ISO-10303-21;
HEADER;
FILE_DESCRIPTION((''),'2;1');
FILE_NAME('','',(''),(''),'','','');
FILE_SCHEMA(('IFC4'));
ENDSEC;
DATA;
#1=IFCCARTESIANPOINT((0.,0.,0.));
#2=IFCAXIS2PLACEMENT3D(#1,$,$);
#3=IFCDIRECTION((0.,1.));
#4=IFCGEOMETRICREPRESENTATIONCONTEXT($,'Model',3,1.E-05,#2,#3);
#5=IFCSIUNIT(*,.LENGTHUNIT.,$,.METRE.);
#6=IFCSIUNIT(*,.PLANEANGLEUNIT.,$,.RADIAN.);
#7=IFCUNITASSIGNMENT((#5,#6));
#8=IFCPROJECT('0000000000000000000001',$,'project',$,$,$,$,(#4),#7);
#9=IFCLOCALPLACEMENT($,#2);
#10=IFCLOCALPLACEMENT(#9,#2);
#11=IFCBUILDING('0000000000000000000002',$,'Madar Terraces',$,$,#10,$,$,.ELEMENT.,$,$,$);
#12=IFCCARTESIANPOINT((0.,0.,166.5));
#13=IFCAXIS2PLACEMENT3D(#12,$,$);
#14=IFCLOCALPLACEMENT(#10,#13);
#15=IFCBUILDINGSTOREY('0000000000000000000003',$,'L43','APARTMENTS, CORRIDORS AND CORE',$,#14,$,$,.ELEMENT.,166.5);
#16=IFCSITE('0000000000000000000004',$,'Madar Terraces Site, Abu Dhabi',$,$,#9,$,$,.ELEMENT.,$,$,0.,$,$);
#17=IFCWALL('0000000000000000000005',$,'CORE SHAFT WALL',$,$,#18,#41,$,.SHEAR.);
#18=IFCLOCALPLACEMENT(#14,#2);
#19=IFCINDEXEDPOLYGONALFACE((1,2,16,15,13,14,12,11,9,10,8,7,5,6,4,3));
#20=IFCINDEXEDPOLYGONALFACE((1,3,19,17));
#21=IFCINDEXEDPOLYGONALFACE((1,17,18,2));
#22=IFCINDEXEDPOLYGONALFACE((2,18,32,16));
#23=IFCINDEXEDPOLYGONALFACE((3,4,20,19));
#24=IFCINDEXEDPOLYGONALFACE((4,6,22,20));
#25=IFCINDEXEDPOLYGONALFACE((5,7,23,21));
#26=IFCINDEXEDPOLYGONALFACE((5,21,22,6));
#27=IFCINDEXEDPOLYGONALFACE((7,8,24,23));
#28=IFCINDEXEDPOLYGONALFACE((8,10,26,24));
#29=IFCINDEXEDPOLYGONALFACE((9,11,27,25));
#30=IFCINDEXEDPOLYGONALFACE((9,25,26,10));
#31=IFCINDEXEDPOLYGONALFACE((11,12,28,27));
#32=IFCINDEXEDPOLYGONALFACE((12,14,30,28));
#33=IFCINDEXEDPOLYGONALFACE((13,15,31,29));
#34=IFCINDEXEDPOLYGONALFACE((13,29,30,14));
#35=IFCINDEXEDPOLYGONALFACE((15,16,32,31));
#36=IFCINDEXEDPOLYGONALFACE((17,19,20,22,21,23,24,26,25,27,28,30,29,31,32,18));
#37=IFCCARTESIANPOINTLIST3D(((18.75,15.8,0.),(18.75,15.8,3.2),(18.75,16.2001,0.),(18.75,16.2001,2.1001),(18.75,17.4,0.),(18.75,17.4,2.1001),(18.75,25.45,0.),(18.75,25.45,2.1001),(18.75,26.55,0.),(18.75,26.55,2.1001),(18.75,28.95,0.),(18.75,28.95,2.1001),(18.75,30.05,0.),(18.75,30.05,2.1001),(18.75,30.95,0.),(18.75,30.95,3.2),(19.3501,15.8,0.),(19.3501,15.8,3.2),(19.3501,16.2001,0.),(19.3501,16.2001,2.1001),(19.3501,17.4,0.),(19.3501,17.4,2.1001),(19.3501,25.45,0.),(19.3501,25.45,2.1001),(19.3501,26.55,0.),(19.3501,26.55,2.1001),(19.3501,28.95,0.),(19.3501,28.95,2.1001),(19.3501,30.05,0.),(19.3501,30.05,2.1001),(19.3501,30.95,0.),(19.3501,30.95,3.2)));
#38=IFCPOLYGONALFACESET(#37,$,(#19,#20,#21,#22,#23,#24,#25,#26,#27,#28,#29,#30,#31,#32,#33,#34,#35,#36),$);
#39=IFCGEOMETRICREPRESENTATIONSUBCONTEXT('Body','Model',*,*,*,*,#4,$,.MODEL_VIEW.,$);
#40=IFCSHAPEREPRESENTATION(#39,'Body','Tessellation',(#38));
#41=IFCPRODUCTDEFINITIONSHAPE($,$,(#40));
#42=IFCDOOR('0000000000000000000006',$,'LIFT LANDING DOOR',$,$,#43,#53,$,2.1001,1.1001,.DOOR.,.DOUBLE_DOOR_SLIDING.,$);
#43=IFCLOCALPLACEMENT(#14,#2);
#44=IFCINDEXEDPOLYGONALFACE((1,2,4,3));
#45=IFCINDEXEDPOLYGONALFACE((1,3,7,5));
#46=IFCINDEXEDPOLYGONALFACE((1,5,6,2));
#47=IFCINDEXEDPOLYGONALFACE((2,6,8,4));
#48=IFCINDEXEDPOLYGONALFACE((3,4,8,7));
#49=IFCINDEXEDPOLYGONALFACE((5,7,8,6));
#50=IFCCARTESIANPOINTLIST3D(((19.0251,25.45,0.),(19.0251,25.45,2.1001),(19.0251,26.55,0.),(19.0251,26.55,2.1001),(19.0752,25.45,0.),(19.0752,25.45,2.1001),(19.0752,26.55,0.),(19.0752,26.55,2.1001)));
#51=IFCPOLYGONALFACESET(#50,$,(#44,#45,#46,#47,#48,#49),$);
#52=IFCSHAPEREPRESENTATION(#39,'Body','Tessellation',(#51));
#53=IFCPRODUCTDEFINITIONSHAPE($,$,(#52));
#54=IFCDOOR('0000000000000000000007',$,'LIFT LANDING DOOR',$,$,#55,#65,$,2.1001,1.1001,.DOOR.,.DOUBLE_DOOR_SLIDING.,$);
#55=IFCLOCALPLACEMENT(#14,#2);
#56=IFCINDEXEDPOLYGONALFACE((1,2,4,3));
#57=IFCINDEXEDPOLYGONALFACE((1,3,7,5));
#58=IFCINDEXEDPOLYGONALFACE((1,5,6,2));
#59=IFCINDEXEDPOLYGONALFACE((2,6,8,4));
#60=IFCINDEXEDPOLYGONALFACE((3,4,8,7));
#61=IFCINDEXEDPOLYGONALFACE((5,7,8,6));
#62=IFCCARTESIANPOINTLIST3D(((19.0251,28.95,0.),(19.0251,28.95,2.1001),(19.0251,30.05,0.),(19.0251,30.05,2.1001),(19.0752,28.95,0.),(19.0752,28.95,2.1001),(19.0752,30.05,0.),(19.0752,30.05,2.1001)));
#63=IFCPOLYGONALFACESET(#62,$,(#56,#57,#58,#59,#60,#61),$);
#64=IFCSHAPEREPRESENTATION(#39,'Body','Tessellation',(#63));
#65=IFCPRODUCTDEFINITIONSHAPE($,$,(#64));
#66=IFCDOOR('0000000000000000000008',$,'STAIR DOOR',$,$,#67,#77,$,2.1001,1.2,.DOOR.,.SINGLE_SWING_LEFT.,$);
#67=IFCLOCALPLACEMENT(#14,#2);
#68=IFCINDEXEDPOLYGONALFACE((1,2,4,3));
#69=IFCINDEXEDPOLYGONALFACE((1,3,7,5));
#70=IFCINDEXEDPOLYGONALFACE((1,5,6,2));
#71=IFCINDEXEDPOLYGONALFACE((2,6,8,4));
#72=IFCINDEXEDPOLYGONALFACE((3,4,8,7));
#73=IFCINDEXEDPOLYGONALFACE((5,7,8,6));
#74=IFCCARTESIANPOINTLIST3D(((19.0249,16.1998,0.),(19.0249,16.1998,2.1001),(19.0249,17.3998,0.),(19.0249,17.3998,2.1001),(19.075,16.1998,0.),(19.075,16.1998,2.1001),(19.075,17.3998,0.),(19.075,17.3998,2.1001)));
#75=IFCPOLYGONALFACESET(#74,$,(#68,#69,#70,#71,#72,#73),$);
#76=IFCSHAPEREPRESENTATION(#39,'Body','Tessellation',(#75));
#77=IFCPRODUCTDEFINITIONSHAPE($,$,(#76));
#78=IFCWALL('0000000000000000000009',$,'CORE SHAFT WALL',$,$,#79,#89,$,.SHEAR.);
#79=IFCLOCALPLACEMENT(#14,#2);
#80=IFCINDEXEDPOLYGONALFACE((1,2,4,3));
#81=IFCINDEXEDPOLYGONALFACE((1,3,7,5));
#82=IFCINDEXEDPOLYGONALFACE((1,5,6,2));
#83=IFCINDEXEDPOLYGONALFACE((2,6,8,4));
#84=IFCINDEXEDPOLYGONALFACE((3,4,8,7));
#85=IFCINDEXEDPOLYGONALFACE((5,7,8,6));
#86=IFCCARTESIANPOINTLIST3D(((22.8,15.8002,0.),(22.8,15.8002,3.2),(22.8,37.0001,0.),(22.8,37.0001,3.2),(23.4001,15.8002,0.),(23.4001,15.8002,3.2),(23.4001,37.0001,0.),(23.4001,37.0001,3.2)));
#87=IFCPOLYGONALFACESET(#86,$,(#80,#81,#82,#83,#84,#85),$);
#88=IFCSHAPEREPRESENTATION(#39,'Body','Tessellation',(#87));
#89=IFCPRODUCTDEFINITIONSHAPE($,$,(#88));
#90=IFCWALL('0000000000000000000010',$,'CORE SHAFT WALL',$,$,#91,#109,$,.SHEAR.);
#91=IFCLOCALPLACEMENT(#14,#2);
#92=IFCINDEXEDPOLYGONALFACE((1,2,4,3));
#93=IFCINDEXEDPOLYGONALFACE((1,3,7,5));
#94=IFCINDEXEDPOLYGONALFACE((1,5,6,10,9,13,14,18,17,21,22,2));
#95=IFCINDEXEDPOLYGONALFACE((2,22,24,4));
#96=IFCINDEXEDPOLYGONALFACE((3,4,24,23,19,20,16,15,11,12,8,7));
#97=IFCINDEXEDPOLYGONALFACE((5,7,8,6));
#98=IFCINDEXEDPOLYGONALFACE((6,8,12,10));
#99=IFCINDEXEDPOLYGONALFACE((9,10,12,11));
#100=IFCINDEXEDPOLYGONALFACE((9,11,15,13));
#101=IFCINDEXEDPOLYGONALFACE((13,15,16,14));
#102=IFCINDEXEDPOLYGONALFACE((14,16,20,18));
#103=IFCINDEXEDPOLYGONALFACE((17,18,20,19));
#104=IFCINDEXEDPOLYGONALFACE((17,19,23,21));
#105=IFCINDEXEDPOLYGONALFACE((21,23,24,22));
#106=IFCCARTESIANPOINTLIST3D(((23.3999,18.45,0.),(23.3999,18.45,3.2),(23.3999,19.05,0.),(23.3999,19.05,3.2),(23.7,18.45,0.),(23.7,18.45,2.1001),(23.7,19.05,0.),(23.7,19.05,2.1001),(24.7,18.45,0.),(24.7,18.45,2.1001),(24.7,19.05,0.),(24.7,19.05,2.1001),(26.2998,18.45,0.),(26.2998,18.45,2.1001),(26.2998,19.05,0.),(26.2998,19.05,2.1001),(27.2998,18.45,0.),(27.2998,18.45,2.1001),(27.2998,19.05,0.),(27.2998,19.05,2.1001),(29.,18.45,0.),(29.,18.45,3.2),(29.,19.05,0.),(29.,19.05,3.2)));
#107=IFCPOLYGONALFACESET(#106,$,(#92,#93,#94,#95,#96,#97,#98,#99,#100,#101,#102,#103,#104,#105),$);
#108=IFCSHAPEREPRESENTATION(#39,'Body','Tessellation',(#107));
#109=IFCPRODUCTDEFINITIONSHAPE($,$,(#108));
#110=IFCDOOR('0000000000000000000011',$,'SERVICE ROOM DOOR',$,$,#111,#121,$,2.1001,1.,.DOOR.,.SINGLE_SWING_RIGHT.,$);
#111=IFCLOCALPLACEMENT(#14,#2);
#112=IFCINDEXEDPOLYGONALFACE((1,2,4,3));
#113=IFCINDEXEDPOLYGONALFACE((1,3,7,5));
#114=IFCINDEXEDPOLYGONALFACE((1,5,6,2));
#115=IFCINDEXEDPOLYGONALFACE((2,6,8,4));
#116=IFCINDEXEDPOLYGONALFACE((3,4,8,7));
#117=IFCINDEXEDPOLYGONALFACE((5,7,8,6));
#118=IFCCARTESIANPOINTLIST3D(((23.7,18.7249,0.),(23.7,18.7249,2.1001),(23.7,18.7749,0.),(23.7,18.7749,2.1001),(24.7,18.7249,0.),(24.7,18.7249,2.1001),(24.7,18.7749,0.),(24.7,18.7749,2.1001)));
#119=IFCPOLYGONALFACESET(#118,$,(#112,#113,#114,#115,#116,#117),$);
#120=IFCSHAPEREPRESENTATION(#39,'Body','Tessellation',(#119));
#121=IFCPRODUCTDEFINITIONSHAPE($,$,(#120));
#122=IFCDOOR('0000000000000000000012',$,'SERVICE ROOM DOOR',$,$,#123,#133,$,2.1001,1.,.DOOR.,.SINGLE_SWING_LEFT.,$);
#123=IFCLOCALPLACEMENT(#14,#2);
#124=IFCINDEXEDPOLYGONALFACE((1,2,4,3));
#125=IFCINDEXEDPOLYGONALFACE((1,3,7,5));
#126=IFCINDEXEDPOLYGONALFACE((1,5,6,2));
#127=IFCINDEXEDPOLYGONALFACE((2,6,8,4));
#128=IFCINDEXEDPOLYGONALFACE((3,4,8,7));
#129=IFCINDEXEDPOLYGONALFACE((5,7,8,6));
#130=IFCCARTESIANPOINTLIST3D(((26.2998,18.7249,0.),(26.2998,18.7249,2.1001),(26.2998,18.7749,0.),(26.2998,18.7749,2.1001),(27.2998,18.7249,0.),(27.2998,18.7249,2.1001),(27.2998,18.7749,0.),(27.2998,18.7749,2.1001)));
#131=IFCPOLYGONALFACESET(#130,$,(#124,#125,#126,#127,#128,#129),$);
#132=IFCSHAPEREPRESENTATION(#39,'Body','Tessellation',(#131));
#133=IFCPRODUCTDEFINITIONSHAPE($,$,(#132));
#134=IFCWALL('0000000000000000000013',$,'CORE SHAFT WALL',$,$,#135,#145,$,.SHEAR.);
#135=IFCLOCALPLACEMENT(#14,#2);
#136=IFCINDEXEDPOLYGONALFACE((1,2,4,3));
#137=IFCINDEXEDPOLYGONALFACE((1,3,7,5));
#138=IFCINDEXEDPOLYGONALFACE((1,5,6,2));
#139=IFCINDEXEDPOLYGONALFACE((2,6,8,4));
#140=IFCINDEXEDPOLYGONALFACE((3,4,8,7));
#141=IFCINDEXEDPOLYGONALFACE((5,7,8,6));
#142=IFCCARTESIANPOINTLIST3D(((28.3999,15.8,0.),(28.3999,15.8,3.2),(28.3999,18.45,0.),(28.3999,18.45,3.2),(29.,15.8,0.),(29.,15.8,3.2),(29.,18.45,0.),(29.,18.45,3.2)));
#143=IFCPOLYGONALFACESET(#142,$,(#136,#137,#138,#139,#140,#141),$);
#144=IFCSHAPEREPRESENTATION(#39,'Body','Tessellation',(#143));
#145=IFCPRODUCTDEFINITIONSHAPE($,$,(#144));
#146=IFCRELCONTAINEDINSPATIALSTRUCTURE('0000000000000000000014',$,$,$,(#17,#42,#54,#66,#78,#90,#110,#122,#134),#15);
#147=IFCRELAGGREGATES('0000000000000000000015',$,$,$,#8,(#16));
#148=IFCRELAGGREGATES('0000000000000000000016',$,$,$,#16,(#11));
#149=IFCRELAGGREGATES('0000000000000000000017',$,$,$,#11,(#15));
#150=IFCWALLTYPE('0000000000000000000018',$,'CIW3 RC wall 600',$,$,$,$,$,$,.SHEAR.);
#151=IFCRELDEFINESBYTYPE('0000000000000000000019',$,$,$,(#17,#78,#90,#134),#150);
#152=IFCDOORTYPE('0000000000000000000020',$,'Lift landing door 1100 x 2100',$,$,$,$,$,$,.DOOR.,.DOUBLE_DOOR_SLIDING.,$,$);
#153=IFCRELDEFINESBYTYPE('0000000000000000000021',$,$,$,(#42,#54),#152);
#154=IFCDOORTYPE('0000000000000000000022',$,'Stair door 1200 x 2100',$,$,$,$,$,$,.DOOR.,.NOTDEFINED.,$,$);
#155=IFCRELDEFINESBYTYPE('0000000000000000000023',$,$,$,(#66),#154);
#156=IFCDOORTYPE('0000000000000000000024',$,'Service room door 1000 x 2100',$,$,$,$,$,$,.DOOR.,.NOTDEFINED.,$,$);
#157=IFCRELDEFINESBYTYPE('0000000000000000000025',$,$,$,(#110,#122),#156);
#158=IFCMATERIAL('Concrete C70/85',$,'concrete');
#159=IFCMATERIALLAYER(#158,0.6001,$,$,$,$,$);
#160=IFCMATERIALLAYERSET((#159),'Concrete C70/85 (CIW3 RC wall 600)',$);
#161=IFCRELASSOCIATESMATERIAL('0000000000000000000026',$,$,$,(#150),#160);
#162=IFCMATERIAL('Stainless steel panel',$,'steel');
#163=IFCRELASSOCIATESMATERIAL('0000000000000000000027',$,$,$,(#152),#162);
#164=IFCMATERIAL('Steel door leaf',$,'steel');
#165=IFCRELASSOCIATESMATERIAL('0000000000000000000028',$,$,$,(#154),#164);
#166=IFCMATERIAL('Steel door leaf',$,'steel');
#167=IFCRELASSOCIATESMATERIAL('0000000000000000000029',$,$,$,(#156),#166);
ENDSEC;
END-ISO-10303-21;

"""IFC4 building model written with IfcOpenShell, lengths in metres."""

from ifc_helpers import new_model, si_unit, direction, frame, frame_2d, origin, place, context, subcontext, project, spatial, rectangle, extrude, material, layer, layer_set, type_object, element, fill, save


model = new_model("IFC4")

# Units and contexts
model_context = context("Model", 3, precision=1e-05, world=origin(), true_north=direction((0.0, 1.0)))
body_context = subcontext(model_context, "Body", "Model", "MODEL_VIEW")
ifc_project = project(units=[si_unit("LENGTHUNIT", "METRE"), si_unit("PLANEANGLEUNIT", "RADIAN")], contexts=[model_context])

# Site, building, storey
site_placement = place(None, origin())
site = spatial("IfcSite", under=ifc_project, at=site_placement, Name="Madar Terraces Site, Abu Dhabi", CompositionType="ELEMENT", RefElevation=0.0)
building_placement = place(site_placement, origin())
building = spatial("IfcBuilding", under=site, at=building_placement, Name="Madar Terraces", CompositionType="ELEMENT")
storey_placement = place(building_placement, frame((0.0, 0.0, 166.5)))
storey = spatial("IfcBuildingStorey", under=building, at=storey_placement, Name="L43", Description="APARTMENTS, CORRIDORS AND CORE", CompositionType="ELEMENT", Elevation=166.5)

# Wall, openings, doors
ifc_material_1 = material(Name="Concrete C70/85", Category="concrete")
ifc_layer_1 = layer(ifc_material_1, 0.6001)
ifc_layer_set_1 = layer_set([ifc_layer_1], Name="Concrete C70/85 (CIW3 RC wall 600)")
wall_type_1 = type_object("IfcWallType", Name="CIW3 RC wall 600", PredefinedType="SHEAR", material=ifc_layer_set_1)
wall_1_placement = place(storey_placement, frame((19.05, 15.8, 0.0), z_axis=(0.0, 0.0, 1.0), x_axis=(0.0, 1.0, 0.0)))
wall_1 = element("IfcWall", 1, at=wall_1_placement, inside=storey, type_object=wall_type_1, Name="CORE SHAFT WALL", PredefinedType="SHEAR", context=body_context, shape_type="SweptSolid", body=[
    extrude(rectangle(XDim=15.1499, YDim=0.6001, at=frame_2d((7.575, 0.0))), origin(), (0.0, 0.0, 1.0), 3.2),
])
opening_1_placement = place(wall_1_placement, frame((9.6499, 0.0, 0.0)))
opening_1 = element("IfcOpeningElement", 2, at=opening_1_placement, cuts=wall_1, PredefinedType="OPENING", context=body_context, shape_type="SweptSolid", body=[
    extrude(rectangle(XDim=1.1001, YDim=2.1001, at=frame_2d((0.55, 1.05))), frame((0.0, 0.3101, 0.0), z_axis=(0.0, -1.0, 0.0), x_axis=(1.0, 0.0, 0.0)), (0.0, 0.0, 1.0), 0.6201),
])
opening_2_placement = place(wall_1_placement, frame((13.1499, 0.0, 0.0)))
opening_2 = element("IfcOpeningElement", 3, at=opening_2_placement, cuts=wall_1, PredefinedType="OPENING", context=body_context, shape_type="SweptSolid", body=[
    extrude(rectangle(XDim=1.1001, YDim=2.1001, at=frame_2d((0.55, 1.05))), frame((0.0, 0.3101, 0.0), z_axis=(0.0, -1.0, 0.0), x_axis=(1.0, 0.0, 0.0)), (0.0, 0.0, 1.0), 0.6201),
])
opening_3_placement = place(wall_1_placement, frame((0.3999, 0.0, 0.0)))
opening_3 = element("IfcOpeningElement", 4, at=opening_3_placement, cuts=wall_1, PredefinedType="OPENING", context=body_context, shape_type="SweptSolid", body=[
    extrude(rectangle(XDim=1.2, YDim=2.1001, at=frame_2d((0.6001, 1.05))), frame((0.0, 0.3101, 0.0), z_axis=(0.0, -1.0, 0.0), x_axis=(1.0, 0.0, 0.0)), (0.0, 0.0, 1.0), 0.6201),
])
ifc_material_2 = material(Name="Stainless steel panel", Category="steel")
door_type_1 = type_object("IfcDoorType", Name="Lift landing door 1100 x 2100", OperationType="DOUBLE_DOOR_SLIDING", PredefinedType="DOOR", material=ifc_material_2)
door_1_placement = place(opening_1_placement, origin())
door_1 = element("IfcDoor", 5, at=door_1_placement, inside=storey, type_object=door_type_1, Name="LIFT LANDING DOOR", OperationType="DOUBLE_DOOR_SLIDING", OverallHeight=2.1001, OverallWidth=1.1001, PredefinedType="DOOR", context=body_context, shape_type="SweptSolid", body=[
    extrude(rectangle(XDim=1.1001, YDim=2.1001, at=frame_2d((0.55, 1.05))), frame((0.0, 0.0249, 0.0), z_axis=(0.0, -1.0, 0.0), x_axis=(1.0, 0.0, 0.0)), (0.0, 0.0, 1.0), 0.05),
])
fill(opening_1, door_1)
door_2_placement = place(opening_2_placement, origin())
door_2 = element("IfcDoor", 6, at=door_2_placement, inside=storey, type_object=door_type_1, Name="LIFT LANDING DOOR", OperationType="DOUBLE_DOOR_SLIDING", OverallHeight=2.1001, OverallWidth=1.1001, PredefinedType="DOOR", context=body_context, shape_type="SweptSolid", body=[
    extrude(rectangle(XDim=1.1001, YDim=2.1001, at=frame_2d((0.55, 1.05))), frame((0.0, 0.0249, 0.0), z_axis=(0.0, -1.0, 0.0), x_axis=(1.0, 0.0, 0.0)), (0.0, 0.0, 1.0), 0.05),
])
fill(opening_2, door_2)
ifc_material_3 = material(Name="Steel door leaf", Category="steel")
door_type_2 = type_object("IfcDoorType", Name="Stair door 1200 x 2100", OperationType="NOTDEFINED", PredefinedType="DOOR", material=ifc_material_3)
door_3_placement = place(opening_3_placement, frame((1.2, 0.0, 0.0), z_axis=(0.0, 0.0, 1.0), x_axis=(-1.0, 0.0, 0.0)))
door_3 = element("IfcDoor", 7, at=door_3_placement, inside=storey, type_object=door_type_2, Name="STAIR DOOR", OperationType="SINGLE_SWING_LEFT", OverallHeight=2.1001, OverallWidth=1.2, PredefinedType="DOOR", context=body_context, shape_type="SweptSolid", body=[
    extrude(rectangle(XDim=1.2, YDim=2.1001, at=frame_2d((0.6001, 1.05))), frame((0.0, 0.0249, 0.0), z_axis=(0.0, -1.0, 0.0), x_axis=(1.0, 0.0, 0.0)), (0.0, 0.0, 1.0), 0.05),
])
fill(opening_3, door_3)

# Wall
wall_2_placement = place(storey_placement, frame((23.1001, 15.8, 0.0), z_axis=(0.0, 0.0, 1.0), x_axis=(0.0, 1.0, 0.0)))
element("IfcWall", 8, at=wall_2_placement, inside=storey, type_object=wall_type_1, Name="CORE SHAFT WALL", PredefinedType="SHEAR", context=body_context, shape_type="SweptSolid", body=[
    extrude(rectangle(XDim=21.2, YDim=0.6001, at=frame_2d((10.6001, 0.0))), origin(), (0.0, 0.0, 1.0), 3.2),
])

# Wall, openings, doors
wall_3_placement = place(storey_placement, frame((23.3999, 18.75, 0.0), z_axis=(0.0, 0.0, 1.0), x_axis=(1.0, 0.0, 0.0)))
wall_3 = element("IfcWall", 9, at=wall_3_placement, inside=storey, type_object=wall_type_1, Name="CORE SHAFT WALL", PredefinedType="SHEAR", context=body_context, shape_type="SweptSolid", body=[
    extrude(rectangle(XDim=5.6001, YDim=0.6001, at=frame_2d((2.8, 0.0))), origin(), (0.0, 0.0, 1.0), 3.2),
])
opening_4_placement = place(wall_3_placement, frame((0.3, 0.0, 0.0)))
opening_4 = element("IfcOpeningElement", 10, at=opening_4_placement, cuts=wall_3, PredefinedType="OPENING", context=body_context, shape_type="SweptSolid", body=[
    extrude(rectangle(XDim=1.0, YDim=2.1001, at=frame_2d((0.5, 1.05))), frame((0.0, 0.3101, 0.0), z_axis=(0.0, -1.0, 0.0), x_axis=(1.0, 0.0, 0.0)), (0.0, 0.0, 1.0), 0.6201),
])
opening_5_placement = place(wall_3_placement, frame((2.8999, 0.0, 0.0)))
opening_5 = element("IfcOpeningElement", 11, at=opening_5_placement, cuts=wall_3, PredefinedType="OPENING", context=body_context, shape_type="SweptSolid", body=[
    extrude(rectangle(XDim=1.0, YDim=2.1001, at=frame_2d((0.5, 1.05))), frame((0.0, 0.3101, 0.0), z_axis=(0.0, -1.0, 0.0), x_axis=(1.0, 0.0, 0.0)), (0.0, 0.0, 1.0), 0.6201),
])
ifc_material_4 = material(Name="Steel door leaf", Category="steel")
door_type_3 = type_object("IfcDoorType", Name="Service room door 1000 x 2100", OperationType="NOTDEFINED", PredefinedType="DOOR", material=ifc_material_4)
door_4_placement = place(opening_4_placement, origin())
door_4 = element("IfcDoor", 12, at=door_4_placement, inside=storey, type_object=door_type_3, Name="SERVICE ROOM DOOR", OperationType="SINGLE_SWING_RIGHT", OverallHeight=2.1001, OverallWidth=1.0, PredefinedType="DOOR", context=body_context, shape_type="SweptSolid", body=[
    extrude(rectangle(XDim=1.0, YDim=2.1001, at=frame_2d((0.5, 1.05))), frame((0.0, 0.0249, 0.0), z_axis=(0.0, -1.0, 0.0), x_axis=(1.0, 0.0, 0.0)), (0.0, 0.0, 1.0), 0.05),
])
fill(opening_4, door_4)
door_5_placement = place(opening_5_placement, origin())
door_5 = element("IfcDoor", 13, at=door_5_placement, inside=storey, type_object=door_type_3, Name="SERVICE ROOM DOOR", OperationType="SINGLE_SWING_LEFT", OverallHeight=2.1001, OverallWidth=1.0, PredefinedType="DOOR", context=body_context, shape_type="SweptSolid", body=[
    extrude(rectangle(XDim=1.0, YDim=2.1001, at=frame_2d((0.5, 1.05))), frame((0.0, 0.0249, 0.0), z_axis=(0.0, -1.0, 0.0), x_axis=(1.0, 0.0, 0.0)), (0.0, 0.0, 1.0), 0.05),
])
fill(opening_5, door_5)

# Wall
wall_4_placement = place(storey_placement, frame((28.7, 15.8, 0.0), z_axis=(0.0, 0.0, 1.0), x_axis=(0.0, 1.0, 0.0)))
element("IfcWall", 14, at=wall_4_placement, inside=storey, type_object=wall_type_1, Name="CORE SHAFT WALL", PredefinedType="SHEAR", context=body_context, shape_type="SweptSolid", body=[
    extrude(rectangle(XDim=2.6499, YDim=0.6001, at=frame_2d((1.325, 0.0))), origin(), (0.0, 0.0, 1.0), 3.2),
])

save(model, "model.ifc")
